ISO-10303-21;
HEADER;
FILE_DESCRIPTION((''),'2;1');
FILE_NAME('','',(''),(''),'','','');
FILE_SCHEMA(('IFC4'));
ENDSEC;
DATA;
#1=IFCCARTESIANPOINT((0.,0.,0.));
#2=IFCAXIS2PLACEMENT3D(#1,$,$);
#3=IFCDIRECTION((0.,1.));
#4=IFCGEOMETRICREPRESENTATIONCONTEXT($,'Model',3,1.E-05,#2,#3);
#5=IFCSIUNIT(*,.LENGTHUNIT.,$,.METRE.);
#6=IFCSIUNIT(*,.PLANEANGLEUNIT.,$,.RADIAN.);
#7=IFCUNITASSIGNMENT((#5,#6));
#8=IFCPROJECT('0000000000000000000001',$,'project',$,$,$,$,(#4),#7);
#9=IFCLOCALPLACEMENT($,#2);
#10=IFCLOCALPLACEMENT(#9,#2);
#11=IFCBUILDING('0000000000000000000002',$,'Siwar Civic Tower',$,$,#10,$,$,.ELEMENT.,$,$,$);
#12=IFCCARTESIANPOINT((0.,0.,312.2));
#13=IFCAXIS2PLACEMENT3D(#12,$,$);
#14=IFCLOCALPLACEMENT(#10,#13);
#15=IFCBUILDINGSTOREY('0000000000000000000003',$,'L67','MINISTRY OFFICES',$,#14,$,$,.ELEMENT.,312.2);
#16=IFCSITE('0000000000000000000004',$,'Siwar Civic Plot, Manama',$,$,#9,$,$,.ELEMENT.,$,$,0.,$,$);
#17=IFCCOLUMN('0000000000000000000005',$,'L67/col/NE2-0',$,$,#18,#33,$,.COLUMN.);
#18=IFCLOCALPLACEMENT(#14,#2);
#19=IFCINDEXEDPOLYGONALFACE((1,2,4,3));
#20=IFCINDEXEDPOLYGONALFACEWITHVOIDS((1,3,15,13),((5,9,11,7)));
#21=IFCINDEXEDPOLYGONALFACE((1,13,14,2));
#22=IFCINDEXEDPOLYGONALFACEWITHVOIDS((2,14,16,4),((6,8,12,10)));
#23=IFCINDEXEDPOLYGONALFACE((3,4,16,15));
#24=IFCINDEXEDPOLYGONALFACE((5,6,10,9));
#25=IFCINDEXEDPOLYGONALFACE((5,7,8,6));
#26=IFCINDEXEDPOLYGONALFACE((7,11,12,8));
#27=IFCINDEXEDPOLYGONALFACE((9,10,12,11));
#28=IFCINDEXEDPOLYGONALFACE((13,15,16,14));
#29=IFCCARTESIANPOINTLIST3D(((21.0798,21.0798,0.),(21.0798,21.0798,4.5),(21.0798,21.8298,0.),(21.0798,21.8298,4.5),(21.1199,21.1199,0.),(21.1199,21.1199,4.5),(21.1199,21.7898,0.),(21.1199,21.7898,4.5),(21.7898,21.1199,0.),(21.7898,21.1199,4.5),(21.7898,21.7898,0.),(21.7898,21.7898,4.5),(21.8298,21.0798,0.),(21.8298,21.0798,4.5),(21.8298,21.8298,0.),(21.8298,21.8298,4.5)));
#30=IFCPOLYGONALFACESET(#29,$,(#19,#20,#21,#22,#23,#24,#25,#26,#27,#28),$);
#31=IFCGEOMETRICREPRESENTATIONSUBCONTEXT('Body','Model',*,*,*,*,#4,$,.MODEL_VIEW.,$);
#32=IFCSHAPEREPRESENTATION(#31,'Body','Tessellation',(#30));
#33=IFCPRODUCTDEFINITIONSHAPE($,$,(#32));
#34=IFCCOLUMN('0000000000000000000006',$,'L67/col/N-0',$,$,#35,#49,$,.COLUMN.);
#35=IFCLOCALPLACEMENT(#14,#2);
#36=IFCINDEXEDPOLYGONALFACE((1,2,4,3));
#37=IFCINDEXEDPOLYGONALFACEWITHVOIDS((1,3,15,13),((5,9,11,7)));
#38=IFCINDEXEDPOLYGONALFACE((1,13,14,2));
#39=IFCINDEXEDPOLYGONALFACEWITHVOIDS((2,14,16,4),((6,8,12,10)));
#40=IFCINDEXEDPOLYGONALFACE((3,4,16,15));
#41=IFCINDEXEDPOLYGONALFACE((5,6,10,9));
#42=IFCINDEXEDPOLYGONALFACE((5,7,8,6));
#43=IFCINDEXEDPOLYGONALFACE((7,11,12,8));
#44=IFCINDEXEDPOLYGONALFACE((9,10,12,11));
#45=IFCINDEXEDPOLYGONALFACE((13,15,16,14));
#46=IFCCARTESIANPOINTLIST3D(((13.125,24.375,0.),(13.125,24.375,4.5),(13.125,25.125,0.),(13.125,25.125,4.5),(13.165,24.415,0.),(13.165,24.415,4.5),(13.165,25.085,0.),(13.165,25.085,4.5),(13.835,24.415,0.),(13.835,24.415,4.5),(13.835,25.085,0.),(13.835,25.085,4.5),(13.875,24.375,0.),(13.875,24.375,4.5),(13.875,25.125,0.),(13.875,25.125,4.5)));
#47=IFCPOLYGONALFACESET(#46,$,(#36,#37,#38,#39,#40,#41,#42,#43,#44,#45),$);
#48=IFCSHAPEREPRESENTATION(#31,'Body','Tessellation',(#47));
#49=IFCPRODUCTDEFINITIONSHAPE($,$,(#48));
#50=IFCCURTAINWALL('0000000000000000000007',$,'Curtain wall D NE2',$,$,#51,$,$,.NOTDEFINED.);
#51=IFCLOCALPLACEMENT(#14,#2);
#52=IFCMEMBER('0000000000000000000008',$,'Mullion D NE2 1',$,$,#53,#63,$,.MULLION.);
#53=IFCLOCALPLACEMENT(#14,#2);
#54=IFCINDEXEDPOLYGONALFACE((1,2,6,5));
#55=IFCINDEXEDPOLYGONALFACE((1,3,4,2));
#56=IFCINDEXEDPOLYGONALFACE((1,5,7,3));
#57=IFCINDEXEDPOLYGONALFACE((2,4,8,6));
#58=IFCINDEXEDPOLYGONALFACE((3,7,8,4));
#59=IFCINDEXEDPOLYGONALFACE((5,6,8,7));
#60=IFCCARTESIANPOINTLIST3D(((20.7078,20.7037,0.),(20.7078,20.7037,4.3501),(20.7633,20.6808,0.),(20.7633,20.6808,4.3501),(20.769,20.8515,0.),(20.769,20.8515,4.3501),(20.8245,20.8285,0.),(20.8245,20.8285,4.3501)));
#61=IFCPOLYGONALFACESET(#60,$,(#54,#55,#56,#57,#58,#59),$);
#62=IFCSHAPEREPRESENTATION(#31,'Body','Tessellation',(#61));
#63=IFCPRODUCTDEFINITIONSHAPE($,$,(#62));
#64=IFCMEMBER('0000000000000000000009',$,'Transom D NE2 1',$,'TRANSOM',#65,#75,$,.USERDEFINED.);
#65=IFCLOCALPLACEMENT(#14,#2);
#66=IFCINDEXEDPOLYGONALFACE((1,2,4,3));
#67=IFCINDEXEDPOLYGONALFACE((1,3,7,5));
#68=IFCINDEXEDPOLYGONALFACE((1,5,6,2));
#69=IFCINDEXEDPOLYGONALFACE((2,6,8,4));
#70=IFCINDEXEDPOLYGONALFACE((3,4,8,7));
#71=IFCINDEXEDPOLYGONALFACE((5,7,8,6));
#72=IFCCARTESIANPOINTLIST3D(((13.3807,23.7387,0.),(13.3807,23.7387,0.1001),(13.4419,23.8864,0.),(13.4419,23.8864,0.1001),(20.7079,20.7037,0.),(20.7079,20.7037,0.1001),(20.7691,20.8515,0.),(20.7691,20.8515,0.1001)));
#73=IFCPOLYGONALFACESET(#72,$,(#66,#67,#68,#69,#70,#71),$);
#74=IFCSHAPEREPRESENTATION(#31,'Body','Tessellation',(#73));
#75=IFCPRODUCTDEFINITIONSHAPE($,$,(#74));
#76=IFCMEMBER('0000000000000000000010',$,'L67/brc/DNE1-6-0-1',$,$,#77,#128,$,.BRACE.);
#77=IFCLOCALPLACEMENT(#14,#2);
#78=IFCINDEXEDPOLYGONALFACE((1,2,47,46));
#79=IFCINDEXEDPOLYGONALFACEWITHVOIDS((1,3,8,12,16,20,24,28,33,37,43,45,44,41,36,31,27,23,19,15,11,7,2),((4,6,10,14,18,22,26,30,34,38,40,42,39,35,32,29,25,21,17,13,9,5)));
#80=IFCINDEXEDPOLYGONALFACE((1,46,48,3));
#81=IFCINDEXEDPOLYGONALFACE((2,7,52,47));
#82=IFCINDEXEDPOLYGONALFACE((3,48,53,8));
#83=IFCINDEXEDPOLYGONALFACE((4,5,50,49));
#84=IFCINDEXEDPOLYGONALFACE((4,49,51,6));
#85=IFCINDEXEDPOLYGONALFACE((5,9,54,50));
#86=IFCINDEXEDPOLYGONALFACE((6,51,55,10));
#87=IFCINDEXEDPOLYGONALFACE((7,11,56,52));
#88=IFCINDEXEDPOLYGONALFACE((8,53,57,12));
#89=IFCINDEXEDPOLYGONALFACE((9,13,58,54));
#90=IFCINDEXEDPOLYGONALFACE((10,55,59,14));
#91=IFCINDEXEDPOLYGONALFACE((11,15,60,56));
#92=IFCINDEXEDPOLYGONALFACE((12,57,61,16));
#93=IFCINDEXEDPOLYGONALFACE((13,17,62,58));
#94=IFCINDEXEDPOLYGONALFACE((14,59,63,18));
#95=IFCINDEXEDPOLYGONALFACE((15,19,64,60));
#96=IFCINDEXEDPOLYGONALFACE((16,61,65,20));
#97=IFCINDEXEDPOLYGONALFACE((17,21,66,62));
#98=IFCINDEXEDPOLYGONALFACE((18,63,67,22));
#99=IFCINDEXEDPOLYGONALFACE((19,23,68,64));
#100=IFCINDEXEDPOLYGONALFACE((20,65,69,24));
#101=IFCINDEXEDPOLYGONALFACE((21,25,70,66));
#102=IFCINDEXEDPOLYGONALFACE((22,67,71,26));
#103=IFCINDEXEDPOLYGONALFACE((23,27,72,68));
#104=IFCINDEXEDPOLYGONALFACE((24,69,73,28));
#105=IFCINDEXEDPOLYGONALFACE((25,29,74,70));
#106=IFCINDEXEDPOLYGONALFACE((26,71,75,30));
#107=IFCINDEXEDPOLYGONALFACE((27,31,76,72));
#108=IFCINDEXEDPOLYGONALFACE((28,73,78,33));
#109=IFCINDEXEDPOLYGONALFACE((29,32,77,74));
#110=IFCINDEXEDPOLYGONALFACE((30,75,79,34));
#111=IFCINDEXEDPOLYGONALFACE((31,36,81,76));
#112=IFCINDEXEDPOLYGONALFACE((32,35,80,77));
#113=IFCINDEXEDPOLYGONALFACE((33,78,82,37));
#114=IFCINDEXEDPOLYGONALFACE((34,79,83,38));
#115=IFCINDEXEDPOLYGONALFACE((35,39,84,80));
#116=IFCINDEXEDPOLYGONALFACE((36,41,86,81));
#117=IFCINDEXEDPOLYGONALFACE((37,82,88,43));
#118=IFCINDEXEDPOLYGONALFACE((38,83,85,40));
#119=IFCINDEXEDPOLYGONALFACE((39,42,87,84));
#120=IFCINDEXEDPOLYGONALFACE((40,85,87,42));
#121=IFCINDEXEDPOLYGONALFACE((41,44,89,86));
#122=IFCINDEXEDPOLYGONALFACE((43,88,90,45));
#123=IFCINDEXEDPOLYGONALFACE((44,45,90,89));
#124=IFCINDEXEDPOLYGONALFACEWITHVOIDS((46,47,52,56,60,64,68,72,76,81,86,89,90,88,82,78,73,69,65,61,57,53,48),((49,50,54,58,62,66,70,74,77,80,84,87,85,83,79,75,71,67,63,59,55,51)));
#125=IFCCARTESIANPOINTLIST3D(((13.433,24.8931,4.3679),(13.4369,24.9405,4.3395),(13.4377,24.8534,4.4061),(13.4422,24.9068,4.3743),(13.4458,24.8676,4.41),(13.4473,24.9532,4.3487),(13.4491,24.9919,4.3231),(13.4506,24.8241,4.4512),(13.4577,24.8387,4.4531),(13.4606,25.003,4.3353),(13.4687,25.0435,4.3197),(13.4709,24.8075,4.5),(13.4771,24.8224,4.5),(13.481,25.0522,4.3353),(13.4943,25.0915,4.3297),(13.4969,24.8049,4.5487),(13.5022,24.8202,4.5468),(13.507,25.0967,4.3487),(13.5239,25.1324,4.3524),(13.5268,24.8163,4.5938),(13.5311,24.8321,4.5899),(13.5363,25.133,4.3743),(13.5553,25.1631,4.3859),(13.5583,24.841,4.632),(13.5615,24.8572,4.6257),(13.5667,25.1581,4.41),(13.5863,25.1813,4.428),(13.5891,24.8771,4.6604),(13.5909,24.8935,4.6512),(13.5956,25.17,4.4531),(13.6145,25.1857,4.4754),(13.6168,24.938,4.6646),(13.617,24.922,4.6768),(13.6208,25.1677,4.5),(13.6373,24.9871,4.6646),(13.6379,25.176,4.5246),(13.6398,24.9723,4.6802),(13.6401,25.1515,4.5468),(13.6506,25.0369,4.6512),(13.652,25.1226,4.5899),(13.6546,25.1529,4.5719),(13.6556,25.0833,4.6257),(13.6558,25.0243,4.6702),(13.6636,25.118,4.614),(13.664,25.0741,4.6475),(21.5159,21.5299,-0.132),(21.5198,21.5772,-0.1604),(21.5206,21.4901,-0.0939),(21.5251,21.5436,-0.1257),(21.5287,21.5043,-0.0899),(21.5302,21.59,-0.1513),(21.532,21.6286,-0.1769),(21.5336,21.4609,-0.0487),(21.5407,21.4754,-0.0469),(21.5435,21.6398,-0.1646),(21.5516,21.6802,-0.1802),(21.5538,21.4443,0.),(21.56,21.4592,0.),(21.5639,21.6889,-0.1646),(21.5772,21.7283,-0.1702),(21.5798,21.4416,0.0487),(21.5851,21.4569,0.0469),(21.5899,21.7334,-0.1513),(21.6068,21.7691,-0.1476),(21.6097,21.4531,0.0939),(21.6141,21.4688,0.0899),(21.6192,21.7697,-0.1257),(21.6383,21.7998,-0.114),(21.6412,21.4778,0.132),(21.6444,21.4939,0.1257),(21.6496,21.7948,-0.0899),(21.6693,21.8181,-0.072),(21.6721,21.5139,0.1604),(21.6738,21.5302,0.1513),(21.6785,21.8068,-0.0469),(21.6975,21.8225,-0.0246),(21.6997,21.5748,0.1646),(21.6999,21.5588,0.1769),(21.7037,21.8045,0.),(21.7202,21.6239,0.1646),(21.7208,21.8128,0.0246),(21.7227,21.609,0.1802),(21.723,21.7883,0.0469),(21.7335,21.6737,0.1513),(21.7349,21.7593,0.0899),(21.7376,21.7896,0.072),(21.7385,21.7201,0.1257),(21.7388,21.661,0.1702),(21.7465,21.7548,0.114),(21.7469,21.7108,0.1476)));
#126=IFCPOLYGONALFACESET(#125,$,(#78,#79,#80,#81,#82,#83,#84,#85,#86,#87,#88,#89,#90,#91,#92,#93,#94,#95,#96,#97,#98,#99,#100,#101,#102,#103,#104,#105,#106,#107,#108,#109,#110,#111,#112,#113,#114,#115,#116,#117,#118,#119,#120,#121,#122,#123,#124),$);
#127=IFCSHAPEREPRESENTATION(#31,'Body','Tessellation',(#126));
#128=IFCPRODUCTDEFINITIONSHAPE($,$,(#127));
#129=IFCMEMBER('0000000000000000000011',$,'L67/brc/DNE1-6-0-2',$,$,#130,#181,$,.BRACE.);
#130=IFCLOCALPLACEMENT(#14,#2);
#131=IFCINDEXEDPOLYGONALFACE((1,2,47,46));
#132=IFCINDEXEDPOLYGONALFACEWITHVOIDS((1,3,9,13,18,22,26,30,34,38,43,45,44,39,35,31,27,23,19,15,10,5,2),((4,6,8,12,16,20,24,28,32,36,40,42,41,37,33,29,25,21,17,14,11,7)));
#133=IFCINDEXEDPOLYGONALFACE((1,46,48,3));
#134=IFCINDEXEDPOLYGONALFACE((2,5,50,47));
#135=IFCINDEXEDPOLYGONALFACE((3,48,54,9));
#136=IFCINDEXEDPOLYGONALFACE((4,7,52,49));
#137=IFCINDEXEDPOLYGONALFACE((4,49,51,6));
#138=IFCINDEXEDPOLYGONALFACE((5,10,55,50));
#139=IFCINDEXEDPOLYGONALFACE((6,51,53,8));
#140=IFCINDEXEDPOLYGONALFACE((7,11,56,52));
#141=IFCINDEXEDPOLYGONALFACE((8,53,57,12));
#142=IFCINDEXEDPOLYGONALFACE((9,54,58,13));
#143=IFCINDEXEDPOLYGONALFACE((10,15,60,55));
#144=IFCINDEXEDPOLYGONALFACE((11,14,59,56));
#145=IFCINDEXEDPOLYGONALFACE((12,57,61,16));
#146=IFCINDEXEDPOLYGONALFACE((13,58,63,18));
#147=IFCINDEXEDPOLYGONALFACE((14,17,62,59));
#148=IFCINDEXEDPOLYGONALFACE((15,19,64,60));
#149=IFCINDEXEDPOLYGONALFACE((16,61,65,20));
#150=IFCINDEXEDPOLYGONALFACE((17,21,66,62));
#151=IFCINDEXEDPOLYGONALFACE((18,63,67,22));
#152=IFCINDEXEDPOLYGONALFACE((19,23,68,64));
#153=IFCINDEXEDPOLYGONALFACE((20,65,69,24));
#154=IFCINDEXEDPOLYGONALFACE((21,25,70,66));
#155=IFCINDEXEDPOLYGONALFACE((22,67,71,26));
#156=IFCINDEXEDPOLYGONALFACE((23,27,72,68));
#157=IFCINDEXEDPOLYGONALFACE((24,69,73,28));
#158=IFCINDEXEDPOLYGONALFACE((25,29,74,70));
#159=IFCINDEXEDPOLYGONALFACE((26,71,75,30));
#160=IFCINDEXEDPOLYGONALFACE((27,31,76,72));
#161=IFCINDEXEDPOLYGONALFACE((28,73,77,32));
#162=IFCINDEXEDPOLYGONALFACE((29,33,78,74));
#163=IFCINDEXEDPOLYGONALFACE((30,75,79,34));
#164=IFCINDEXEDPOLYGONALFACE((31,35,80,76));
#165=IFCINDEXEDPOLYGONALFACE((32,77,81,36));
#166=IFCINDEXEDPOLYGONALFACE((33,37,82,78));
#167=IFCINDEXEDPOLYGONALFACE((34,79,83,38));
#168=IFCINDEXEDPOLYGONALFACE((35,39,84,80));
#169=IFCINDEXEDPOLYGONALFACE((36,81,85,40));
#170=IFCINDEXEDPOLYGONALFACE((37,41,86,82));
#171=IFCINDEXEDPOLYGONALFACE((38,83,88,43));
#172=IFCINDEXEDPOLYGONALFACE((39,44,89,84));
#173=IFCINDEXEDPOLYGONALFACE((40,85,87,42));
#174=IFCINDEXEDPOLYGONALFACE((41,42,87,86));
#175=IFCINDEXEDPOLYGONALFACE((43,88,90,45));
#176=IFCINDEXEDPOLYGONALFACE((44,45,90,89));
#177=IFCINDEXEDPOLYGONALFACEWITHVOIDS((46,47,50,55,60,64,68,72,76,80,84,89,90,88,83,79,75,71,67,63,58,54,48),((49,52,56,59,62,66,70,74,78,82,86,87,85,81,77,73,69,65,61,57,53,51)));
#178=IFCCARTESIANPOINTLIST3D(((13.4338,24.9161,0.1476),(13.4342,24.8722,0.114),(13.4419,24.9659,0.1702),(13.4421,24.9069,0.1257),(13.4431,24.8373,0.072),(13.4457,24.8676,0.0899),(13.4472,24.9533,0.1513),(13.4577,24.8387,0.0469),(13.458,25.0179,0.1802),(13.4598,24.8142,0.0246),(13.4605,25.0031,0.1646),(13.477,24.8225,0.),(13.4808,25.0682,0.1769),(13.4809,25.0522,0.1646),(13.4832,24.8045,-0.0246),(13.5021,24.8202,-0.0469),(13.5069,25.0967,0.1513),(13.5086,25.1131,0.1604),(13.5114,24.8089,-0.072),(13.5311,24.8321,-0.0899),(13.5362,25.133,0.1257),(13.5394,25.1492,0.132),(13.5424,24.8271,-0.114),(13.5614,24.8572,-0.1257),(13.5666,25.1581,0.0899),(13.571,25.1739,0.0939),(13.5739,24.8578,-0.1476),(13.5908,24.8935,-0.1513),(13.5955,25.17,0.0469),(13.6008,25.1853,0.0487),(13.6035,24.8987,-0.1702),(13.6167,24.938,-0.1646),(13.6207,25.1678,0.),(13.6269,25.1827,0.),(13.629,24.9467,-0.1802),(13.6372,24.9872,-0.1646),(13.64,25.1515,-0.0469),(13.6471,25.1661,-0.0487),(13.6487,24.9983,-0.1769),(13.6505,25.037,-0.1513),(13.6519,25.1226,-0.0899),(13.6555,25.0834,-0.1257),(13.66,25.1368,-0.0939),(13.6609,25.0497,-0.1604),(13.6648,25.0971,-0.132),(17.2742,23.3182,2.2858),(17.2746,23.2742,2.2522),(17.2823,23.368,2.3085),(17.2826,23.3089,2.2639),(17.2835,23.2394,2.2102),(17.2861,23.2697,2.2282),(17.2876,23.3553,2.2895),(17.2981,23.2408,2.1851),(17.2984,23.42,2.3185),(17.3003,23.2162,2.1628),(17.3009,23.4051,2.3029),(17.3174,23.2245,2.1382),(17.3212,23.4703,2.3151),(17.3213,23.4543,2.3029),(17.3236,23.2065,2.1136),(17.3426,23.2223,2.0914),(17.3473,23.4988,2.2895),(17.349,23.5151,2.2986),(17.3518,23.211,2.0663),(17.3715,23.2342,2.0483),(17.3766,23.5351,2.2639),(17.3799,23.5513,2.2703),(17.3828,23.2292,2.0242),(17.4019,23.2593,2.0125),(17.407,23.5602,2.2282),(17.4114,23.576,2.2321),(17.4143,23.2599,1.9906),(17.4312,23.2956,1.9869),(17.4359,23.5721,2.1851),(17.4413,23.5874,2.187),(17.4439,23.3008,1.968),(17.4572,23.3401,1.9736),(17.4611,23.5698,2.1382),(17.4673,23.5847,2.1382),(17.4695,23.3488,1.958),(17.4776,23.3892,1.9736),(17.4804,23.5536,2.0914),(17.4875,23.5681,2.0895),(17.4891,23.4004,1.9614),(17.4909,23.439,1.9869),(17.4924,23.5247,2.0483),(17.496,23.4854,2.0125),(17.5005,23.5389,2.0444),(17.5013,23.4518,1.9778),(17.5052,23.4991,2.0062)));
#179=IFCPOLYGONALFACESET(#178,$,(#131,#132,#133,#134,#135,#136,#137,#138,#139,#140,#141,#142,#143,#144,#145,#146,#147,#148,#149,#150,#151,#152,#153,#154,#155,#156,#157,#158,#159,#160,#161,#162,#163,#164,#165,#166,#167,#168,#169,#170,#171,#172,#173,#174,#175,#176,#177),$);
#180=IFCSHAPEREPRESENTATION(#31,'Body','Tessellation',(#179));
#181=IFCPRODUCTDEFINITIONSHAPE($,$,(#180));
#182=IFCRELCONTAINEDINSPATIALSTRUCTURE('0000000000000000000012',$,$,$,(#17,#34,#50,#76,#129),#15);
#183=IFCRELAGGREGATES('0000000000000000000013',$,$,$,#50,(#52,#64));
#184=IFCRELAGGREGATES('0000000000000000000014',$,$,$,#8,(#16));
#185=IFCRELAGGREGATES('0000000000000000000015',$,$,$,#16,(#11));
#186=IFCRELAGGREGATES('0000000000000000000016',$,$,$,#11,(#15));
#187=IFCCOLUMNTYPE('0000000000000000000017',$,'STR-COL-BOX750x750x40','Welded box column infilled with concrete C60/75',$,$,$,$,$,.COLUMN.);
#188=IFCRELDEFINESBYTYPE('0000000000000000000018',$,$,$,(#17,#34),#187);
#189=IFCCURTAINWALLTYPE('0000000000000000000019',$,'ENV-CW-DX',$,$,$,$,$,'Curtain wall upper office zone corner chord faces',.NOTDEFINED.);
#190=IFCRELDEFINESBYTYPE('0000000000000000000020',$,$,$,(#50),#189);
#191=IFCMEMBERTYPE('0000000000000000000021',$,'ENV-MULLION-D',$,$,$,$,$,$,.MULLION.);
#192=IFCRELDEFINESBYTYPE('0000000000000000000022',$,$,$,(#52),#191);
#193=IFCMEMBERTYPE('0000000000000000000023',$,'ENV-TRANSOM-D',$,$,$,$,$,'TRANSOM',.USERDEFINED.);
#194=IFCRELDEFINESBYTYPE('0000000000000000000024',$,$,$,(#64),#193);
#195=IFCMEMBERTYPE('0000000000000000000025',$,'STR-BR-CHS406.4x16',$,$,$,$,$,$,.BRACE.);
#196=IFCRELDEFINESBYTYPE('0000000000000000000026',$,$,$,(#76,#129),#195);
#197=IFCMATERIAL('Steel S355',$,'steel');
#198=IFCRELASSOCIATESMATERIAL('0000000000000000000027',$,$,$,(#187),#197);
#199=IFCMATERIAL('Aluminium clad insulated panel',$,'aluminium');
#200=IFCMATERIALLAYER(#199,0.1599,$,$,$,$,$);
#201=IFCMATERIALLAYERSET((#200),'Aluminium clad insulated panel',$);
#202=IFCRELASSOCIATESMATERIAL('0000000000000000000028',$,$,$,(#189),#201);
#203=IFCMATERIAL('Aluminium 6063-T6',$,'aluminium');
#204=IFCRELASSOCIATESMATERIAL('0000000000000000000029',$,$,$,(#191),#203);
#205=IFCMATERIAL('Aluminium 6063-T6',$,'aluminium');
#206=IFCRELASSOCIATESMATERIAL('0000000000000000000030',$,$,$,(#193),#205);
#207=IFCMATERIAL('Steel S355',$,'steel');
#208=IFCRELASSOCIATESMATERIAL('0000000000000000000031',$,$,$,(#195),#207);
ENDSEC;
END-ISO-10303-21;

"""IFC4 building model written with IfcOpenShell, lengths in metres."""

from ifc_helpers import new_model, si_unit, direction, frame, origin, origin_2d, place, context, subcontext, project, spatial, rectangle, hollow_rectangle, hollow_circle, extrude, material, layer, layer_set, material_profile, profile_set, type_object, element, aggregate, save


model = new_model("IFC4")

# Units and contexts
model_context = context("Model", 3, precision=1e-05, world=origin(), true_north=direction((0.0, 1.0)))
body_context = subcontext(model_context, "Body", "Model", "MODEL_VIEW")
ifc_project = project(units=[si_unit("LENGTHUNIT", "METRE"), si_unit("PLANEANGLEUNIT", "RADIAN")], contexts=[model_context])

# Site, building, storey
site_placement = place(None, origin())
site = spatial("IfcSite", under=ifc_project, at=site_placement, Name="Siwar Civic Plot, Manama", CompositionType="ELEMENT", RefElevation=0.0)
building_placement = place(site_placement, origin())
building = spatial("IfcBuilding", under=site, at=building_placement, Name="Siwar Civic Tower", CompositionType="ELEMENT")
storey_placement = place(building_placement, frame((0.0, 0.0, 312.2)))
storey = spatial("IfcBuildingStorey", under=building, at=storey_placement, Name="L67", Description="MINISTRY OFFICES", CompositionType="ELEMENT", Elevation=312.2)

# Columns
ifc_material_1 = material(Name="Steel S355", Category="steel")
ifc_material_profile_1 = material_profile(ifc_material_1, hollow_rectangle(XDim=0.75, YDim=0.75, WallThickness=0.04, at=origin_2d()), Name="BOX750x750x40")
ifc_profile_set_1 = profile_set([ifc_material_profile_1], Name="Steel S355")
column_type = type_object("IfcColumnType", Name="STR-COL-BOX750x750x40", Description="Welded box column infilled with concrete C60/75", PredefinedType="COLUMN", material=ifc_profile_set_1)
for number, where, z_axis, x_axis, name in (
    (1, (21.4548, 21.4548, 0.0), (0.0, 0.0, 1.0), (1.0, 0.0, 0.0), "L67/col/NE2-0"),
    (2, (13.5, 24.75, 0.0), (0.0, 0.0, 1.0), (1.0, 0.0, 0.0), "L67/col/N-0"),
):
    element("IfcColumn", number, at=place(storey_placement, frame(where, z_axis=z_axis, x_axis=x_axis)), inside=storey, type_object=column_type, Name=name, PredefinedType="COLUMN", context=body_context, shape_type="SweptSolid", body=[
        extrude(hollow_rectangle(XDim=0.75, YDim=0.75, WallThickness=0.04, at=origin_2d()), origin(), (0.0, 0.0, 1.0), 4.5),
    ])

# Curtain wall, members
ifc_material_2 = material(Name="Aluminium clad insulated panel", Category="aluminium")
ifc_layer_1 = layer(ifc_material_2, 0.1599)
ifc_layer_set_1 = layer_set([ifc_layer_1], Name="Aluminium clad insulated panel")
curtain_wall_type = type_object("IfcCurtainWallType", Name="ENV-CW-DX", ElementType="Curtain wall upper office zone corner chord faces", PredefinedType="NOTDEFINED", material=ifc_layer_set_1)
curtain_wall_1_placement = place(storey_placement, origin())
curtain_wall_1 = element("IfcCurtainWall", 3, at=curtain_wall_1_placement, inside=storey, type_object=curtain_wall_type, Name="Curtain wall D NE2", PredefinedType="NOTDEFINED")
ifc_material_3 = material(Name="Aluminium 6063-T6", Category="aluminium")
ifc_material_profile_2 = material_profile(ifc_material_3, rectangle(XDim=0.1599, YDim=0.0601, at=origin_2d()), Name="AL 160x60")
ifc_profile_set_2 = profile_set([ifc_material_profile_2], Name="Aluminium 6063-T6")
member_type_1 = type_object("IfcMemberType", Name="ENV-MULLION-D", PredefinedType="MULLION", material=ifc_profile_set_2)
member_1_placement = place(storey_placement, frame((20.7661, 20.7661, 0.0), z_axis=(0.0, 0.0, 1.0), x_axis=(-0.382683, -0.92388, 0.0)))
member_1 = element("IfcMember", 4, at=member_1_placement, type_object=member_type_1, Name="Mullion D NE2 1", PredefinedType="MULLION", context=body_context, shape_type="SweptSolid", body=[
    extrude(rectangle(XDim=0.1599, YDim=0.0601, at=origin_2d()), origin(), (0.0, 0.0, 1.0), 4.3501),
])
ifc_material_4 = material(Name="Aluminium 6063-T6", Category="aluminium")
ifc_material_profile_3 = material_profile(ifc_material_4, rectangle(XDim=0.1599, YDim=0.1001, at=origin_2d()), Name="AL 160x100")
ifc_profile_set_3 = profile_set([ifc_material_profile_3], Name="Aluminium 6063-T6")
member_type_2 = type_object("IfcMemberType", Name="ENV-TRANSOM-D", ElementType="TRANSOM", PredefinedType="USERDEFINED", material=ifc_profile_set_3)
member_2_placement = place(storey_placement, frame((20.7385, 20.7776, 0.05), z_axis=(-0.923884, 0.382674, 0.0), x_axis=(-0.382674, -0.923884, 0.0)))
member_2 = element("IfcMember", 5, at=member_2_placement, type_object=member_type_2, Name="Transom D NE2 1", ObjectType="TRANSOM", PredefinedType="USERDEFINED", context=body_context, shape_type="SweptSolid", body=[
    extrude(rectangle(XDim=0.1599, YDim=0.1001, at=origin_2d()), origin(), (0.0, 0.0, 1.0), 7.9309),
])

# Members
ifc_material_5 = material(Name="Steel S355", Category="steel")
ifc_material_profile_4 = material_profile(ifc_material_5, hollow_circle(Radius=0.2031, WallThickness=0.0161, at=origin_2d()), Name="CHS406.4x16")
ifc_profile_set_4 = profile_set([ifc_material_profile_4], Name="Steel S355")
member_type_3 = type_object("IfcMemberType", Name="STR-BR-CHS406.4x16", PredefinedType="BRACE", material=ifc_profile_set_4)
member_3_placement = place(storey_placement, frame((21.6318, 21.6318, 0.0), z_axis=(-0.821143, 0.341671, 0.457149), x_axis=(-0.384164, -0.923265, 0.0)))
element("IfcMember", 6, at=member_3_placement, inside=storey, type_object=member_type_3, Name="L67/brc/DNE1-6-0-1", PredefinedType="BRACE", context=body_context, shape_type="SweptSolid", body=[
    extrude(hollow_circle(Radius=0.2031, WallThickness=0.0161, at=origin_2d()), origin(), (0.0, 0.0, 1.0), 9.8435),
])
for number, where, z_axis, x_axis, name in (
    (7, (13.5488, 24.9951, 0.0), (0.82113, -0.341659, 0.457181), (0.384157, 0.923268, 0.0), "L67/brc/DNE1-6-0-2"),
):
    element("IfcMember", number, at=place(storey_placement, frame(where, z_axis=z_axis, x_axis=x_axis)), inside=storey, type_object=member_type_3, Name=name, PredefinedType="BRACE", context=body_context, shape_type="SweptSolid", body=[
        extrude(hollow_circle(Radius=0.2031, WallThickness=0.0161, at=origin_2d()), origin(), (0.0, 0.0, 1.0), 4.677),
    ])

aggregate(curtain_wall_1, [member_1, member_2])

save(model, "model.ifc")
